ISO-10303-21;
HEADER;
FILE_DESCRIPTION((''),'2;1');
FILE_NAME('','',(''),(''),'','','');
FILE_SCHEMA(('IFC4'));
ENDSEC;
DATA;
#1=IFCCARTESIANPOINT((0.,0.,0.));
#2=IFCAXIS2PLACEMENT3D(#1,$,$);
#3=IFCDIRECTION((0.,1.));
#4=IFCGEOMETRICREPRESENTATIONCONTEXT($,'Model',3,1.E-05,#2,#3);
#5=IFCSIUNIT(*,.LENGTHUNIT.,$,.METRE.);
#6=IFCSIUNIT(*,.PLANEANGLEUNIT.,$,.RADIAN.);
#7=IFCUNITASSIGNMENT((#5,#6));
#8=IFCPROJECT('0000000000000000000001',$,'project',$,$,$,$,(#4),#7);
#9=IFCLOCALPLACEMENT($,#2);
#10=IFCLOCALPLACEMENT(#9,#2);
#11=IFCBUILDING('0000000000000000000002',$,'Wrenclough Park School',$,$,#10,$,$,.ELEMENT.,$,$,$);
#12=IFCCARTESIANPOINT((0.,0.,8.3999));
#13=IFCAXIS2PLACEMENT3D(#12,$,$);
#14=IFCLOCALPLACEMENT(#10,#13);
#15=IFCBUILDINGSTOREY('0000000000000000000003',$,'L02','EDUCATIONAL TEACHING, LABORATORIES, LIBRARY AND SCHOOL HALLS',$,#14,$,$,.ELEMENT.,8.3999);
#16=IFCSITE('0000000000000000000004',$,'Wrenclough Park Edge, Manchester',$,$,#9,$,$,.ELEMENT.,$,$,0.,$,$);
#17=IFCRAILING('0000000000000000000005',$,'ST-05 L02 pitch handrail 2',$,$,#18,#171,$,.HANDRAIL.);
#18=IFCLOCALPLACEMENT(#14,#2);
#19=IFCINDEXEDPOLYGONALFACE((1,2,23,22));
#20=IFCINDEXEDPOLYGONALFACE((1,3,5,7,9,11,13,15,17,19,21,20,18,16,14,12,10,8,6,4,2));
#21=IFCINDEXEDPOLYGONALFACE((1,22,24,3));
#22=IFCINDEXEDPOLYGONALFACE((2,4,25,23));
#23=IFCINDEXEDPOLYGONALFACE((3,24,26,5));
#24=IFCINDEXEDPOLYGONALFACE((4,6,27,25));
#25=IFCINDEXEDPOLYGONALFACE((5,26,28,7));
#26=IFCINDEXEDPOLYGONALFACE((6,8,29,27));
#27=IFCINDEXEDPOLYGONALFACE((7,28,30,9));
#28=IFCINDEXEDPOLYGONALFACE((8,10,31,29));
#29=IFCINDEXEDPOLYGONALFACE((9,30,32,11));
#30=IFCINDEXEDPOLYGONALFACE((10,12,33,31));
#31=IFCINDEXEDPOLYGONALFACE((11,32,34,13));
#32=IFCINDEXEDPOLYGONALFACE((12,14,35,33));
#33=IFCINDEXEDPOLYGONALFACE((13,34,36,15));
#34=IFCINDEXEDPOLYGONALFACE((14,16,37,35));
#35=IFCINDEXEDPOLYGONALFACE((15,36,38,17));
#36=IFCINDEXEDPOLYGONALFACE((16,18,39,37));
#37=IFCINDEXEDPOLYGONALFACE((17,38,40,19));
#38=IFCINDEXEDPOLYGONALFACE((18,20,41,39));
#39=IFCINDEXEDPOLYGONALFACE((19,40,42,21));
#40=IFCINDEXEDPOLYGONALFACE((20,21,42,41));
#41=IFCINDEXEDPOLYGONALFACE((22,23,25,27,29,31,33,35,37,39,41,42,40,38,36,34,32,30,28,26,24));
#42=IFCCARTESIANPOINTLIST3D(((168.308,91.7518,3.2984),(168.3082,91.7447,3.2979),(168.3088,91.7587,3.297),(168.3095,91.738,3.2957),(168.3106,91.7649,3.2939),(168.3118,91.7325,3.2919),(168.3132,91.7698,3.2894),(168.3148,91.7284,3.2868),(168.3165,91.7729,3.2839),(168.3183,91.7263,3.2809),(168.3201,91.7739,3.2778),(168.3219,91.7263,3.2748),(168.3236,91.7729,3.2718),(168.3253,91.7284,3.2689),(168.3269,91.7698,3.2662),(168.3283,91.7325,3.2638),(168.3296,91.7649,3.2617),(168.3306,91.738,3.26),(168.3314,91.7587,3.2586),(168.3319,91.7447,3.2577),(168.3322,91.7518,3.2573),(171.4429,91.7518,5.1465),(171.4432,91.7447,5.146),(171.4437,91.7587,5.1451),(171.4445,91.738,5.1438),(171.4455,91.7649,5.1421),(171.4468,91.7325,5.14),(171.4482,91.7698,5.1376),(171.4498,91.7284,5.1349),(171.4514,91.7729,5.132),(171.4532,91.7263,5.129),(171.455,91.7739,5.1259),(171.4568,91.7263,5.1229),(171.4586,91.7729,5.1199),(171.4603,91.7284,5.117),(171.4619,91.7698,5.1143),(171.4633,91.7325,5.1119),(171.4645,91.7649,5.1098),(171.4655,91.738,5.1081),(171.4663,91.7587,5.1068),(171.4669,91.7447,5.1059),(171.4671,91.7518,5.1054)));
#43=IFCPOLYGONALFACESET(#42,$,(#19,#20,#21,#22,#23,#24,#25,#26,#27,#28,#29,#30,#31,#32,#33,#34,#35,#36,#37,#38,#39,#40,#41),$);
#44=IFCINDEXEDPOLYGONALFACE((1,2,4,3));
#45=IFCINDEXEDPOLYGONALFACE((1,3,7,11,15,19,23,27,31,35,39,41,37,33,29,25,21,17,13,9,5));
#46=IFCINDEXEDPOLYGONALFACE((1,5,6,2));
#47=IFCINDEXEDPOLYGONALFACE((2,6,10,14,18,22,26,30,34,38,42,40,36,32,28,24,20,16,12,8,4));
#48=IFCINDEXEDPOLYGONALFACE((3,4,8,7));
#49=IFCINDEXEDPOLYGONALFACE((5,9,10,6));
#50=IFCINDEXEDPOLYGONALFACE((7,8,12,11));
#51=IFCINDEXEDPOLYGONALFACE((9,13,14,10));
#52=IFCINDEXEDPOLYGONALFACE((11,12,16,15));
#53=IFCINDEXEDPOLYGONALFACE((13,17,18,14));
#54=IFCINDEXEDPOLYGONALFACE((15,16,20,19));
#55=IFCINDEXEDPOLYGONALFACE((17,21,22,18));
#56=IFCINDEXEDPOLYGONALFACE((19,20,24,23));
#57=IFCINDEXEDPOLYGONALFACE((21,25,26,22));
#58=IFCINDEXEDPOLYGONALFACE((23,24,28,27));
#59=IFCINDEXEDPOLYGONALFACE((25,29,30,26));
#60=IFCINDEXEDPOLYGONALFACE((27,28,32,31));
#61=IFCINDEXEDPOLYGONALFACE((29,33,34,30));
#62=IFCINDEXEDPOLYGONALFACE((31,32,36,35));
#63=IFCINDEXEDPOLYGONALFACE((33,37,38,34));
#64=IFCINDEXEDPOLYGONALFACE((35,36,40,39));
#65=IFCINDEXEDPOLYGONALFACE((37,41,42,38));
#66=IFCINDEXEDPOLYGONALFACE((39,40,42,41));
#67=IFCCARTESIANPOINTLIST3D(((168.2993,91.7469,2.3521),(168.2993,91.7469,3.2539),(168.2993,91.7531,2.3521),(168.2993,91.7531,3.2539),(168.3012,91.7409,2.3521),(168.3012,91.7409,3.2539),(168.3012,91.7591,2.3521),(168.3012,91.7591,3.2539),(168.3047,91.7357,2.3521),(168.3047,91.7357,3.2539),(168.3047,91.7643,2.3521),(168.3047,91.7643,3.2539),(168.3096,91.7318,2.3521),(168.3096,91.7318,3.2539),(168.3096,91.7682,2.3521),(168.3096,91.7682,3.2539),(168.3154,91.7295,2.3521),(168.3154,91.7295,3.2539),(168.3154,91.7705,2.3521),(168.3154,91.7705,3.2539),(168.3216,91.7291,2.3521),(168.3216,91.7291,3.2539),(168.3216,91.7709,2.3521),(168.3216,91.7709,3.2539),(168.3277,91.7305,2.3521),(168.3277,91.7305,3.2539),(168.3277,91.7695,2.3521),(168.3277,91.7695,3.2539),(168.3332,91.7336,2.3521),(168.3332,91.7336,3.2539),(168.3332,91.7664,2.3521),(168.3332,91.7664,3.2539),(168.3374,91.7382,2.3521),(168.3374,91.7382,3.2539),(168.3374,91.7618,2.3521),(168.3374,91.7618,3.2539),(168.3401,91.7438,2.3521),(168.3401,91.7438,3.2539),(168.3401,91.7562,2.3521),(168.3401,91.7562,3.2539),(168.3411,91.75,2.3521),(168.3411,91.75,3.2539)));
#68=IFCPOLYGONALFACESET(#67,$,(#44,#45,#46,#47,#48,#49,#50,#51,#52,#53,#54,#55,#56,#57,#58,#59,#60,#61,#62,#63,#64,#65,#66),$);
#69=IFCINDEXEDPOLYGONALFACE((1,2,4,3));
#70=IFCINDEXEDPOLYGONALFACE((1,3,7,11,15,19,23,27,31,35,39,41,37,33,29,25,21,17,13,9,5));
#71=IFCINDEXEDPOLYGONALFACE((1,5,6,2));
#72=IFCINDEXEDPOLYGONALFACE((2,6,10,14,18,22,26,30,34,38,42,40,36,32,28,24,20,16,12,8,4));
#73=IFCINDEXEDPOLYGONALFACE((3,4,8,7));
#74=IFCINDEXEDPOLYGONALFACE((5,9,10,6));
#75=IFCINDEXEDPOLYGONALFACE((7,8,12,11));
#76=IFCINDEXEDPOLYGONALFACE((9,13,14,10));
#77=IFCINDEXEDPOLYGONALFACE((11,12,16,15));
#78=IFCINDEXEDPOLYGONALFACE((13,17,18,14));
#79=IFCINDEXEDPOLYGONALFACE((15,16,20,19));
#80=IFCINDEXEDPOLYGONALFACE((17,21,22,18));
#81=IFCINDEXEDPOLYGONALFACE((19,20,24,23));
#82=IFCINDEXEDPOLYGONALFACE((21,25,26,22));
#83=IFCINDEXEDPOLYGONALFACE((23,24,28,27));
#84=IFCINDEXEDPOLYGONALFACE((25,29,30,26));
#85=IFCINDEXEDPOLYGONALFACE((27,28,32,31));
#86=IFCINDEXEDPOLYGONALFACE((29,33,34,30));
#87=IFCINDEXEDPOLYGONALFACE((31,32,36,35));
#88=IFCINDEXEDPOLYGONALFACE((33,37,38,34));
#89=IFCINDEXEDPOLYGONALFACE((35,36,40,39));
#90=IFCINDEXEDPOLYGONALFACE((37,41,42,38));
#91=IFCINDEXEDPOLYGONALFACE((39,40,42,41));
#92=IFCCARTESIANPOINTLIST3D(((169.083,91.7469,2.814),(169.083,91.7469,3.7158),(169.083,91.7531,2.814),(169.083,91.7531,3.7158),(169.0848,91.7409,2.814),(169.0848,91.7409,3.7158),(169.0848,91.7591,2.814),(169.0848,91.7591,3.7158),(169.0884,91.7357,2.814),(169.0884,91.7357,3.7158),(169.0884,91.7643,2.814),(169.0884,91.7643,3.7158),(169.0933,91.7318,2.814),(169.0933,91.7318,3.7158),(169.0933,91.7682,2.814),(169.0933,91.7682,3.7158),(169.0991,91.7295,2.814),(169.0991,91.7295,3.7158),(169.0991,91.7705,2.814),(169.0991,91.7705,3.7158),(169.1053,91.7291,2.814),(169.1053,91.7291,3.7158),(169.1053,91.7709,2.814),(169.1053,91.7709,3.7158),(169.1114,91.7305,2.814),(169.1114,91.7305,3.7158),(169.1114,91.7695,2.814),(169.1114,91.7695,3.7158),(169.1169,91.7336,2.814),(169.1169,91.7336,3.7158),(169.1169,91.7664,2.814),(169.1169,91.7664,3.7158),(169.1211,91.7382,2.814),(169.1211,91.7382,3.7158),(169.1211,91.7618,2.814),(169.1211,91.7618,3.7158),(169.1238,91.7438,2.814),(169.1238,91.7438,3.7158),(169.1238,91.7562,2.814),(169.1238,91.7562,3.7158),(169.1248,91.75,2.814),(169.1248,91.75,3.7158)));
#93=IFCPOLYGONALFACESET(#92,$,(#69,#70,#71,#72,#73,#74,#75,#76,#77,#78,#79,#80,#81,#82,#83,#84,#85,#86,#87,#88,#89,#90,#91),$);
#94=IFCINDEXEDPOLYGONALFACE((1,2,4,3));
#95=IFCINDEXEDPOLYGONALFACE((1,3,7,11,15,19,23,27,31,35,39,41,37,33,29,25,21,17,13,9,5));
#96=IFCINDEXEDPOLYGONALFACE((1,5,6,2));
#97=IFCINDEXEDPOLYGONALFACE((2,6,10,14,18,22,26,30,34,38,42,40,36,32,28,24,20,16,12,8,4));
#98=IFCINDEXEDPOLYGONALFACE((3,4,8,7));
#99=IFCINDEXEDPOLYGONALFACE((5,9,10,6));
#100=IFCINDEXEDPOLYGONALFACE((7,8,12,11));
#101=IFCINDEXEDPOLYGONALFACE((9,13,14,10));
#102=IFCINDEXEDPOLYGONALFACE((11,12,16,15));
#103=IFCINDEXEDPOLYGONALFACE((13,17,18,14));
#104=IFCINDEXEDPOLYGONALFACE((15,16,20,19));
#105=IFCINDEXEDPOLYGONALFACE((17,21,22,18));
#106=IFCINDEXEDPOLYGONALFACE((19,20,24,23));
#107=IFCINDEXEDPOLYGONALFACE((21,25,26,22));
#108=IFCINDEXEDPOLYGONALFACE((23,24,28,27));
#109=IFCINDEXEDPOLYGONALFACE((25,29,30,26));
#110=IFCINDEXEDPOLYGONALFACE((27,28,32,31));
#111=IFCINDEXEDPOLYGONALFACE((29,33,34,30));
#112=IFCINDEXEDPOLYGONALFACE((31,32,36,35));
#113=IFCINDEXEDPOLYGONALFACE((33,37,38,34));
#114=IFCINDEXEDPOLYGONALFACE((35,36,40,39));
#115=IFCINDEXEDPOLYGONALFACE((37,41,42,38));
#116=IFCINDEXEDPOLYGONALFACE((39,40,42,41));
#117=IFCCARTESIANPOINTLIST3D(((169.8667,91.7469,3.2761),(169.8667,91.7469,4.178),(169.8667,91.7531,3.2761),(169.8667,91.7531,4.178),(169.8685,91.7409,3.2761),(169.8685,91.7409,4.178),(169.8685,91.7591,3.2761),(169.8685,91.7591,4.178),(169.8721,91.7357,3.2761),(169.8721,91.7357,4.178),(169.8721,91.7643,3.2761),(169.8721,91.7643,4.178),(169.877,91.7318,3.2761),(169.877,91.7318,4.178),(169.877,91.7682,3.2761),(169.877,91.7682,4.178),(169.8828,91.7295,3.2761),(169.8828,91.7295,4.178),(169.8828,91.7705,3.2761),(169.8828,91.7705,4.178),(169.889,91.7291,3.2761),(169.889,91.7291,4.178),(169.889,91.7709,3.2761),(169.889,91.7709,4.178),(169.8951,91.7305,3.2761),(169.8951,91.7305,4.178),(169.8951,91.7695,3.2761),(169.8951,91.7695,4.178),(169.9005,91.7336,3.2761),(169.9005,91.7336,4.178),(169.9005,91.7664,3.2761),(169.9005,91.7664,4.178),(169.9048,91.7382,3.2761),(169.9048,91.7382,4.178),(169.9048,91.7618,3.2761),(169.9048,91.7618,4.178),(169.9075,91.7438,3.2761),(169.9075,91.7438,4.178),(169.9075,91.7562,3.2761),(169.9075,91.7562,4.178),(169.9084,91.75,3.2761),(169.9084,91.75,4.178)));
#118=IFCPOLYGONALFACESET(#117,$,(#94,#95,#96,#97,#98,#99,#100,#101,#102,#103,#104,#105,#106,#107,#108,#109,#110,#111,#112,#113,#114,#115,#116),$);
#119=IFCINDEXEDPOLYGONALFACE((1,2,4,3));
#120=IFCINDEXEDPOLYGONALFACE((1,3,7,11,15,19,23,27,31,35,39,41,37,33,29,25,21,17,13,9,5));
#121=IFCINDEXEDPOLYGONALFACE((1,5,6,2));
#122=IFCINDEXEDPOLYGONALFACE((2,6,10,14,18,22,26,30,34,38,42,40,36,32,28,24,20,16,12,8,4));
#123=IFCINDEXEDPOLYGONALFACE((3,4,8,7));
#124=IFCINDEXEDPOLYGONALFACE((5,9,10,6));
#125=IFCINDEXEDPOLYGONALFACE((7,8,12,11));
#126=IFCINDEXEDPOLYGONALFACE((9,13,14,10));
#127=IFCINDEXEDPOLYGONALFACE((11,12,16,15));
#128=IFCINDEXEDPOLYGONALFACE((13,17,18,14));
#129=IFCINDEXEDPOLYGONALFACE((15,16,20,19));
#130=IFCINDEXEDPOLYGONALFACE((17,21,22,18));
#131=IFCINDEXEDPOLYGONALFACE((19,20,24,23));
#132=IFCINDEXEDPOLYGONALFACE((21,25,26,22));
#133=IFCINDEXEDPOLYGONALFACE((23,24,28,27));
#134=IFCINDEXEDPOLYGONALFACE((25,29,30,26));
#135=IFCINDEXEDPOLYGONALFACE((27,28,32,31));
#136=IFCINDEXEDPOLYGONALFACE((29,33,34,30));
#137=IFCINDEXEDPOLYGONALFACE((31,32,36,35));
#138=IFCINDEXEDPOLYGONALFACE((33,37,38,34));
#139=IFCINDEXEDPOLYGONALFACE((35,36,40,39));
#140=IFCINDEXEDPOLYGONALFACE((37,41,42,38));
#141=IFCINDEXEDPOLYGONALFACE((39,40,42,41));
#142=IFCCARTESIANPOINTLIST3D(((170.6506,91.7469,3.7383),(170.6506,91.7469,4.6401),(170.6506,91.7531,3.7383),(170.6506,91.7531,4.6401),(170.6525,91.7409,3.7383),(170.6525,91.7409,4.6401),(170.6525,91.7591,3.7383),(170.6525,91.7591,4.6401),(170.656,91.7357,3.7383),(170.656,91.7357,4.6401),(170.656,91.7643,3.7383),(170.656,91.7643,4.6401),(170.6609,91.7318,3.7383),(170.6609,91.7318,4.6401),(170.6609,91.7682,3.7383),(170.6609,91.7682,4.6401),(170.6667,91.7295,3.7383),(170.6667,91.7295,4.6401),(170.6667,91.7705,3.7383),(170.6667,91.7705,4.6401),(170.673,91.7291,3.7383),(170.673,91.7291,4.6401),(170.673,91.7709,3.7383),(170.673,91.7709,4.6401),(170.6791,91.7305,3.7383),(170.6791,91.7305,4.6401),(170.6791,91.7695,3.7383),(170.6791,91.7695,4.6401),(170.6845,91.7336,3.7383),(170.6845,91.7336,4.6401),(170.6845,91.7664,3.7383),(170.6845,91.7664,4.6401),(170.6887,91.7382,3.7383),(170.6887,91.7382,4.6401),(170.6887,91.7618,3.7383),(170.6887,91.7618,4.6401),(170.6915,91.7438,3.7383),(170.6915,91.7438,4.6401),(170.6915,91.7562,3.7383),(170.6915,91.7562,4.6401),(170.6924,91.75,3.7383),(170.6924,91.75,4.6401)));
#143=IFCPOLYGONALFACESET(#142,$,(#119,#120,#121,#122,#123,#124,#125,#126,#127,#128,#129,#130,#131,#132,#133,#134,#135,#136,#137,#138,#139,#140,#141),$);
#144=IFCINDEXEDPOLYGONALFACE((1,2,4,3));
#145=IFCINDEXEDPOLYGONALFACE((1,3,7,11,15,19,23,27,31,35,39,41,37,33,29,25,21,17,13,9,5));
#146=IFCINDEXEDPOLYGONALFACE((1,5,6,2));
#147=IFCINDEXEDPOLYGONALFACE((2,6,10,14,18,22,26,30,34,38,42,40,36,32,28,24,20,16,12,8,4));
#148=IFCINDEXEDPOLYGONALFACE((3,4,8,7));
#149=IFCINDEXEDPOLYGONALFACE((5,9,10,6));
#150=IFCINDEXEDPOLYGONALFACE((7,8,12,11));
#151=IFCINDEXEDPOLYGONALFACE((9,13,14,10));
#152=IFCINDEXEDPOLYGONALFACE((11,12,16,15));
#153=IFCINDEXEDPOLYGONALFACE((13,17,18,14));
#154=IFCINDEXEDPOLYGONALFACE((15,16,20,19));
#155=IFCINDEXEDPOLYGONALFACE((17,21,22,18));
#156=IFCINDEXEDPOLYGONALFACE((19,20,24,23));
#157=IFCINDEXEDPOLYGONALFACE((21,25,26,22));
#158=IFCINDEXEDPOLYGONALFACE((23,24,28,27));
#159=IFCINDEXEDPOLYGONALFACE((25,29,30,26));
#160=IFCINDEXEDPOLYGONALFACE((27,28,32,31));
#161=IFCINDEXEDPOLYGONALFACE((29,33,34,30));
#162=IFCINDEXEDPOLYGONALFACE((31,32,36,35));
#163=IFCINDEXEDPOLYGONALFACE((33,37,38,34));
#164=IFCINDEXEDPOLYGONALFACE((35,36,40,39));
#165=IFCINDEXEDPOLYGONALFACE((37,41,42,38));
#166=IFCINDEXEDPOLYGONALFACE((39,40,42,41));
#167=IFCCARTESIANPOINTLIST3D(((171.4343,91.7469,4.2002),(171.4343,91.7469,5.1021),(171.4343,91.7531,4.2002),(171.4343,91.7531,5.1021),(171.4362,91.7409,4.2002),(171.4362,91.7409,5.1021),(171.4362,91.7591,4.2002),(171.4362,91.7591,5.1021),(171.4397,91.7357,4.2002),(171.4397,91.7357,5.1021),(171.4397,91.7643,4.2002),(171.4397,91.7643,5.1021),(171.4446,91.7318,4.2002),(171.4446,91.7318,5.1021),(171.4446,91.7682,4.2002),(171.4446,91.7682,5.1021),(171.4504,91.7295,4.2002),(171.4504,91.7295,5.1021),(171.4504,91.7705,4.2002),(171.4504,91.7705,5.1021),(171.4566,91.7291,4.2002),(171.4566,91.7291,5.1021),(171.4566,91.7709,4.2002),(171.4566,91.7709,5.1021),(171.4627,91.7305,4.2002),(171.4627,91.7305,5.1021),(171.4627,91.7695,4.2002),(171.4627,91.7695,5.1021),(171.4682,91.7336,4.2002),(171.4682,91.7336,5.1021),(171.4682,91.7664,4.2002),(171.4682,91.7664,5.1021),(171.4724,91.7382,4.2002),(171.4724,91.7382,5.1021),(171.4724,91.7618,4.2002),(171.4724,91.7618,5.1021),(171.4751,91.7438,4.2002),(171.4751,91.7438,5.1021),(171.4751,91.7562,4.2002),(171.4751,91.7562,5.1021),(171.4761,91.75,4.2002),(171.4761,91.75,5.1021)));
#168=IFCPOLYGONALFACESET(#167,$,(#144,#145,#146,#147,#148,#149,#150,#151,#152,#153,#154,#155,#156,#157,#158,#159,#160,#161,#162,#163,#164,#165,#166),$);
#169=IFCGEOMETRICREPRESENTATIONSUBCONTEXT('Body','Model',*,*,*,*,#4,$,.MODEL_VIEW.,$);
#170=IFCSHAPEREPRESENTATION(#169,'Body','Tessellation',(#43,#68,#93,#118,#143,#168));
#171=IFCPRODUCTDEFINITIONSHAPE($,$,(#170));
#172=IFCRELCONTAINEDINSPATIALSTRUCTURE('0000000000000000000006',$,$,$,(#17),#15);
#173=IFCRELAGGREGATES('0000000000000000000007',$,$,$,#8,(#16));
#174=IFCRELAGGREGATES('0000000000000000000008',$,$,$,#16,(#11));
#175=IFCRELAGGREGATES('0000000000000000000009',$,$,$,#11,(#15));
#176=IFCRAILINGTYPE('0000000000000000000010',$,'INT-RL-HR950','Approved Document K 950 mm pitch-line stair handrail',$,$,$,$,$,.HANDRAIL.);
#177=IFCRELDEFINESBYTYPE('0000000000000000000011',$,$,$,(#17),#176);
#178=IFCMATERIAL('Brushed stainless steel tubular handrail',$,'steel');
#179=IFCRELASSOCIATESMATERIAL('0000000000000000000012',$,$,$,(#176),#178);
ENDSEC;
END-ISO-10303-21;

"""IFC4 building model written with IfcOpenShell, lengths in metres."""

from ifc_helpers import new_model, si_unit, direction, frame, origin, origin_2d, place, context, subcontext, project, spatial, circle, extrude, material, type_object, element, save


model = new_model("IFC4")

# Units and contexts
model_context = context("Model", 3, precision=1e-05, world=origin(), true_north=direction((0.0, 1.0)))
body_context = subcontext(model_context, "Body", "Model", "MODEL_VIEW")
ifc_project = project(units=[si_unit("LENGTHUNIT", "METRE"), si_unit("PLANEANGLEUNIT", "RADIAN")], contexts=[model_context])

# Site, building, storey
site_placement = place(None, origin())
site = spatial("IfcSite", under=ifc_project, at=site_placement, Name="Wrenclough Park Edge, Manchester", CompositionType="ELEMENT", RefElevation=0.0)
building_placement = place(site_placement, origin())
building = spatial("IfcBuilding", under=site, at=building_placement, Name="Wrenclough Park School", CompositionType="ELEMENT")
storey_placement = place(building_placement, frame((0.0, 0.0, 8.3999)))
storey = spatial("IfcBuildingStorey", under=building, at=storey_placement, Name="L02", Description="EDUCATIONAL TEACHING, LABORATORIES, LIBRARY AND SCHOOL HALLS", CompositionType="ELEMENT", Elevation=8.3999)

# Railing
ifc_material_1 = material(Name="Brushed stainless steel tubular handrail", Category="steel")
railing_type_1 = type_object("IfcRailingType", Name="INT-RL-HR950", Description="Approved Document K 950 mm pitch-line stair handrail", PredefinedType="HANDRAIL", material=ifc_material_1)
railing_1_placement = place(storey_placement, frame((168.3201, 91.75, 2.3521)))
element("IfcRailing", 1, at=railing_1_placement, inside=storey, type_object=railing_type_1, Name="ST-05 L02 pitch handrail 2", PredefinedType="HANDRAIL", context=body_context, shape_type="SweptSolid", body=[
    extrude(circle(Radius=0.0239, at=origin_2d()), frame((0.0, 0.0, 0.9258), z_axis=(0.861451, 0.0, 0.507841), x_axis=(0.0, 1.0, 0.0)), (0.0, 0.0, 1.0), 3.6392),
    extrude(circle(Radius=0.021, at=origin_2d()), origin(), (0.0, 0.0, 1.0), 0.9019),
    extrude(circle(Radius=0.021, at=origin_2d()), frame((0.7837, 0.0, 0.4619)), (0.0, 0.0, 1.0), 0.9019),
    extrude(circle(Radius=0.021, at=origin_2d()), frame((1.5674, 0.0, 0.9241)), (0.0, 0.0, 1.0), 0.9019),
    extrude(circle(Radius=0.021, at=origin_2d()), frame((2.3513, 0.0, 1.3862)), (0.0, 0.0, 1.0), 0.9019),
    extrude(circle(Radius=0.021, at=origin_2d()), frame((3.135, 0.0, 1.8481)), (0.0, 0.0, 1.0), 0.9019),
])

save(model, "model.ifc")
